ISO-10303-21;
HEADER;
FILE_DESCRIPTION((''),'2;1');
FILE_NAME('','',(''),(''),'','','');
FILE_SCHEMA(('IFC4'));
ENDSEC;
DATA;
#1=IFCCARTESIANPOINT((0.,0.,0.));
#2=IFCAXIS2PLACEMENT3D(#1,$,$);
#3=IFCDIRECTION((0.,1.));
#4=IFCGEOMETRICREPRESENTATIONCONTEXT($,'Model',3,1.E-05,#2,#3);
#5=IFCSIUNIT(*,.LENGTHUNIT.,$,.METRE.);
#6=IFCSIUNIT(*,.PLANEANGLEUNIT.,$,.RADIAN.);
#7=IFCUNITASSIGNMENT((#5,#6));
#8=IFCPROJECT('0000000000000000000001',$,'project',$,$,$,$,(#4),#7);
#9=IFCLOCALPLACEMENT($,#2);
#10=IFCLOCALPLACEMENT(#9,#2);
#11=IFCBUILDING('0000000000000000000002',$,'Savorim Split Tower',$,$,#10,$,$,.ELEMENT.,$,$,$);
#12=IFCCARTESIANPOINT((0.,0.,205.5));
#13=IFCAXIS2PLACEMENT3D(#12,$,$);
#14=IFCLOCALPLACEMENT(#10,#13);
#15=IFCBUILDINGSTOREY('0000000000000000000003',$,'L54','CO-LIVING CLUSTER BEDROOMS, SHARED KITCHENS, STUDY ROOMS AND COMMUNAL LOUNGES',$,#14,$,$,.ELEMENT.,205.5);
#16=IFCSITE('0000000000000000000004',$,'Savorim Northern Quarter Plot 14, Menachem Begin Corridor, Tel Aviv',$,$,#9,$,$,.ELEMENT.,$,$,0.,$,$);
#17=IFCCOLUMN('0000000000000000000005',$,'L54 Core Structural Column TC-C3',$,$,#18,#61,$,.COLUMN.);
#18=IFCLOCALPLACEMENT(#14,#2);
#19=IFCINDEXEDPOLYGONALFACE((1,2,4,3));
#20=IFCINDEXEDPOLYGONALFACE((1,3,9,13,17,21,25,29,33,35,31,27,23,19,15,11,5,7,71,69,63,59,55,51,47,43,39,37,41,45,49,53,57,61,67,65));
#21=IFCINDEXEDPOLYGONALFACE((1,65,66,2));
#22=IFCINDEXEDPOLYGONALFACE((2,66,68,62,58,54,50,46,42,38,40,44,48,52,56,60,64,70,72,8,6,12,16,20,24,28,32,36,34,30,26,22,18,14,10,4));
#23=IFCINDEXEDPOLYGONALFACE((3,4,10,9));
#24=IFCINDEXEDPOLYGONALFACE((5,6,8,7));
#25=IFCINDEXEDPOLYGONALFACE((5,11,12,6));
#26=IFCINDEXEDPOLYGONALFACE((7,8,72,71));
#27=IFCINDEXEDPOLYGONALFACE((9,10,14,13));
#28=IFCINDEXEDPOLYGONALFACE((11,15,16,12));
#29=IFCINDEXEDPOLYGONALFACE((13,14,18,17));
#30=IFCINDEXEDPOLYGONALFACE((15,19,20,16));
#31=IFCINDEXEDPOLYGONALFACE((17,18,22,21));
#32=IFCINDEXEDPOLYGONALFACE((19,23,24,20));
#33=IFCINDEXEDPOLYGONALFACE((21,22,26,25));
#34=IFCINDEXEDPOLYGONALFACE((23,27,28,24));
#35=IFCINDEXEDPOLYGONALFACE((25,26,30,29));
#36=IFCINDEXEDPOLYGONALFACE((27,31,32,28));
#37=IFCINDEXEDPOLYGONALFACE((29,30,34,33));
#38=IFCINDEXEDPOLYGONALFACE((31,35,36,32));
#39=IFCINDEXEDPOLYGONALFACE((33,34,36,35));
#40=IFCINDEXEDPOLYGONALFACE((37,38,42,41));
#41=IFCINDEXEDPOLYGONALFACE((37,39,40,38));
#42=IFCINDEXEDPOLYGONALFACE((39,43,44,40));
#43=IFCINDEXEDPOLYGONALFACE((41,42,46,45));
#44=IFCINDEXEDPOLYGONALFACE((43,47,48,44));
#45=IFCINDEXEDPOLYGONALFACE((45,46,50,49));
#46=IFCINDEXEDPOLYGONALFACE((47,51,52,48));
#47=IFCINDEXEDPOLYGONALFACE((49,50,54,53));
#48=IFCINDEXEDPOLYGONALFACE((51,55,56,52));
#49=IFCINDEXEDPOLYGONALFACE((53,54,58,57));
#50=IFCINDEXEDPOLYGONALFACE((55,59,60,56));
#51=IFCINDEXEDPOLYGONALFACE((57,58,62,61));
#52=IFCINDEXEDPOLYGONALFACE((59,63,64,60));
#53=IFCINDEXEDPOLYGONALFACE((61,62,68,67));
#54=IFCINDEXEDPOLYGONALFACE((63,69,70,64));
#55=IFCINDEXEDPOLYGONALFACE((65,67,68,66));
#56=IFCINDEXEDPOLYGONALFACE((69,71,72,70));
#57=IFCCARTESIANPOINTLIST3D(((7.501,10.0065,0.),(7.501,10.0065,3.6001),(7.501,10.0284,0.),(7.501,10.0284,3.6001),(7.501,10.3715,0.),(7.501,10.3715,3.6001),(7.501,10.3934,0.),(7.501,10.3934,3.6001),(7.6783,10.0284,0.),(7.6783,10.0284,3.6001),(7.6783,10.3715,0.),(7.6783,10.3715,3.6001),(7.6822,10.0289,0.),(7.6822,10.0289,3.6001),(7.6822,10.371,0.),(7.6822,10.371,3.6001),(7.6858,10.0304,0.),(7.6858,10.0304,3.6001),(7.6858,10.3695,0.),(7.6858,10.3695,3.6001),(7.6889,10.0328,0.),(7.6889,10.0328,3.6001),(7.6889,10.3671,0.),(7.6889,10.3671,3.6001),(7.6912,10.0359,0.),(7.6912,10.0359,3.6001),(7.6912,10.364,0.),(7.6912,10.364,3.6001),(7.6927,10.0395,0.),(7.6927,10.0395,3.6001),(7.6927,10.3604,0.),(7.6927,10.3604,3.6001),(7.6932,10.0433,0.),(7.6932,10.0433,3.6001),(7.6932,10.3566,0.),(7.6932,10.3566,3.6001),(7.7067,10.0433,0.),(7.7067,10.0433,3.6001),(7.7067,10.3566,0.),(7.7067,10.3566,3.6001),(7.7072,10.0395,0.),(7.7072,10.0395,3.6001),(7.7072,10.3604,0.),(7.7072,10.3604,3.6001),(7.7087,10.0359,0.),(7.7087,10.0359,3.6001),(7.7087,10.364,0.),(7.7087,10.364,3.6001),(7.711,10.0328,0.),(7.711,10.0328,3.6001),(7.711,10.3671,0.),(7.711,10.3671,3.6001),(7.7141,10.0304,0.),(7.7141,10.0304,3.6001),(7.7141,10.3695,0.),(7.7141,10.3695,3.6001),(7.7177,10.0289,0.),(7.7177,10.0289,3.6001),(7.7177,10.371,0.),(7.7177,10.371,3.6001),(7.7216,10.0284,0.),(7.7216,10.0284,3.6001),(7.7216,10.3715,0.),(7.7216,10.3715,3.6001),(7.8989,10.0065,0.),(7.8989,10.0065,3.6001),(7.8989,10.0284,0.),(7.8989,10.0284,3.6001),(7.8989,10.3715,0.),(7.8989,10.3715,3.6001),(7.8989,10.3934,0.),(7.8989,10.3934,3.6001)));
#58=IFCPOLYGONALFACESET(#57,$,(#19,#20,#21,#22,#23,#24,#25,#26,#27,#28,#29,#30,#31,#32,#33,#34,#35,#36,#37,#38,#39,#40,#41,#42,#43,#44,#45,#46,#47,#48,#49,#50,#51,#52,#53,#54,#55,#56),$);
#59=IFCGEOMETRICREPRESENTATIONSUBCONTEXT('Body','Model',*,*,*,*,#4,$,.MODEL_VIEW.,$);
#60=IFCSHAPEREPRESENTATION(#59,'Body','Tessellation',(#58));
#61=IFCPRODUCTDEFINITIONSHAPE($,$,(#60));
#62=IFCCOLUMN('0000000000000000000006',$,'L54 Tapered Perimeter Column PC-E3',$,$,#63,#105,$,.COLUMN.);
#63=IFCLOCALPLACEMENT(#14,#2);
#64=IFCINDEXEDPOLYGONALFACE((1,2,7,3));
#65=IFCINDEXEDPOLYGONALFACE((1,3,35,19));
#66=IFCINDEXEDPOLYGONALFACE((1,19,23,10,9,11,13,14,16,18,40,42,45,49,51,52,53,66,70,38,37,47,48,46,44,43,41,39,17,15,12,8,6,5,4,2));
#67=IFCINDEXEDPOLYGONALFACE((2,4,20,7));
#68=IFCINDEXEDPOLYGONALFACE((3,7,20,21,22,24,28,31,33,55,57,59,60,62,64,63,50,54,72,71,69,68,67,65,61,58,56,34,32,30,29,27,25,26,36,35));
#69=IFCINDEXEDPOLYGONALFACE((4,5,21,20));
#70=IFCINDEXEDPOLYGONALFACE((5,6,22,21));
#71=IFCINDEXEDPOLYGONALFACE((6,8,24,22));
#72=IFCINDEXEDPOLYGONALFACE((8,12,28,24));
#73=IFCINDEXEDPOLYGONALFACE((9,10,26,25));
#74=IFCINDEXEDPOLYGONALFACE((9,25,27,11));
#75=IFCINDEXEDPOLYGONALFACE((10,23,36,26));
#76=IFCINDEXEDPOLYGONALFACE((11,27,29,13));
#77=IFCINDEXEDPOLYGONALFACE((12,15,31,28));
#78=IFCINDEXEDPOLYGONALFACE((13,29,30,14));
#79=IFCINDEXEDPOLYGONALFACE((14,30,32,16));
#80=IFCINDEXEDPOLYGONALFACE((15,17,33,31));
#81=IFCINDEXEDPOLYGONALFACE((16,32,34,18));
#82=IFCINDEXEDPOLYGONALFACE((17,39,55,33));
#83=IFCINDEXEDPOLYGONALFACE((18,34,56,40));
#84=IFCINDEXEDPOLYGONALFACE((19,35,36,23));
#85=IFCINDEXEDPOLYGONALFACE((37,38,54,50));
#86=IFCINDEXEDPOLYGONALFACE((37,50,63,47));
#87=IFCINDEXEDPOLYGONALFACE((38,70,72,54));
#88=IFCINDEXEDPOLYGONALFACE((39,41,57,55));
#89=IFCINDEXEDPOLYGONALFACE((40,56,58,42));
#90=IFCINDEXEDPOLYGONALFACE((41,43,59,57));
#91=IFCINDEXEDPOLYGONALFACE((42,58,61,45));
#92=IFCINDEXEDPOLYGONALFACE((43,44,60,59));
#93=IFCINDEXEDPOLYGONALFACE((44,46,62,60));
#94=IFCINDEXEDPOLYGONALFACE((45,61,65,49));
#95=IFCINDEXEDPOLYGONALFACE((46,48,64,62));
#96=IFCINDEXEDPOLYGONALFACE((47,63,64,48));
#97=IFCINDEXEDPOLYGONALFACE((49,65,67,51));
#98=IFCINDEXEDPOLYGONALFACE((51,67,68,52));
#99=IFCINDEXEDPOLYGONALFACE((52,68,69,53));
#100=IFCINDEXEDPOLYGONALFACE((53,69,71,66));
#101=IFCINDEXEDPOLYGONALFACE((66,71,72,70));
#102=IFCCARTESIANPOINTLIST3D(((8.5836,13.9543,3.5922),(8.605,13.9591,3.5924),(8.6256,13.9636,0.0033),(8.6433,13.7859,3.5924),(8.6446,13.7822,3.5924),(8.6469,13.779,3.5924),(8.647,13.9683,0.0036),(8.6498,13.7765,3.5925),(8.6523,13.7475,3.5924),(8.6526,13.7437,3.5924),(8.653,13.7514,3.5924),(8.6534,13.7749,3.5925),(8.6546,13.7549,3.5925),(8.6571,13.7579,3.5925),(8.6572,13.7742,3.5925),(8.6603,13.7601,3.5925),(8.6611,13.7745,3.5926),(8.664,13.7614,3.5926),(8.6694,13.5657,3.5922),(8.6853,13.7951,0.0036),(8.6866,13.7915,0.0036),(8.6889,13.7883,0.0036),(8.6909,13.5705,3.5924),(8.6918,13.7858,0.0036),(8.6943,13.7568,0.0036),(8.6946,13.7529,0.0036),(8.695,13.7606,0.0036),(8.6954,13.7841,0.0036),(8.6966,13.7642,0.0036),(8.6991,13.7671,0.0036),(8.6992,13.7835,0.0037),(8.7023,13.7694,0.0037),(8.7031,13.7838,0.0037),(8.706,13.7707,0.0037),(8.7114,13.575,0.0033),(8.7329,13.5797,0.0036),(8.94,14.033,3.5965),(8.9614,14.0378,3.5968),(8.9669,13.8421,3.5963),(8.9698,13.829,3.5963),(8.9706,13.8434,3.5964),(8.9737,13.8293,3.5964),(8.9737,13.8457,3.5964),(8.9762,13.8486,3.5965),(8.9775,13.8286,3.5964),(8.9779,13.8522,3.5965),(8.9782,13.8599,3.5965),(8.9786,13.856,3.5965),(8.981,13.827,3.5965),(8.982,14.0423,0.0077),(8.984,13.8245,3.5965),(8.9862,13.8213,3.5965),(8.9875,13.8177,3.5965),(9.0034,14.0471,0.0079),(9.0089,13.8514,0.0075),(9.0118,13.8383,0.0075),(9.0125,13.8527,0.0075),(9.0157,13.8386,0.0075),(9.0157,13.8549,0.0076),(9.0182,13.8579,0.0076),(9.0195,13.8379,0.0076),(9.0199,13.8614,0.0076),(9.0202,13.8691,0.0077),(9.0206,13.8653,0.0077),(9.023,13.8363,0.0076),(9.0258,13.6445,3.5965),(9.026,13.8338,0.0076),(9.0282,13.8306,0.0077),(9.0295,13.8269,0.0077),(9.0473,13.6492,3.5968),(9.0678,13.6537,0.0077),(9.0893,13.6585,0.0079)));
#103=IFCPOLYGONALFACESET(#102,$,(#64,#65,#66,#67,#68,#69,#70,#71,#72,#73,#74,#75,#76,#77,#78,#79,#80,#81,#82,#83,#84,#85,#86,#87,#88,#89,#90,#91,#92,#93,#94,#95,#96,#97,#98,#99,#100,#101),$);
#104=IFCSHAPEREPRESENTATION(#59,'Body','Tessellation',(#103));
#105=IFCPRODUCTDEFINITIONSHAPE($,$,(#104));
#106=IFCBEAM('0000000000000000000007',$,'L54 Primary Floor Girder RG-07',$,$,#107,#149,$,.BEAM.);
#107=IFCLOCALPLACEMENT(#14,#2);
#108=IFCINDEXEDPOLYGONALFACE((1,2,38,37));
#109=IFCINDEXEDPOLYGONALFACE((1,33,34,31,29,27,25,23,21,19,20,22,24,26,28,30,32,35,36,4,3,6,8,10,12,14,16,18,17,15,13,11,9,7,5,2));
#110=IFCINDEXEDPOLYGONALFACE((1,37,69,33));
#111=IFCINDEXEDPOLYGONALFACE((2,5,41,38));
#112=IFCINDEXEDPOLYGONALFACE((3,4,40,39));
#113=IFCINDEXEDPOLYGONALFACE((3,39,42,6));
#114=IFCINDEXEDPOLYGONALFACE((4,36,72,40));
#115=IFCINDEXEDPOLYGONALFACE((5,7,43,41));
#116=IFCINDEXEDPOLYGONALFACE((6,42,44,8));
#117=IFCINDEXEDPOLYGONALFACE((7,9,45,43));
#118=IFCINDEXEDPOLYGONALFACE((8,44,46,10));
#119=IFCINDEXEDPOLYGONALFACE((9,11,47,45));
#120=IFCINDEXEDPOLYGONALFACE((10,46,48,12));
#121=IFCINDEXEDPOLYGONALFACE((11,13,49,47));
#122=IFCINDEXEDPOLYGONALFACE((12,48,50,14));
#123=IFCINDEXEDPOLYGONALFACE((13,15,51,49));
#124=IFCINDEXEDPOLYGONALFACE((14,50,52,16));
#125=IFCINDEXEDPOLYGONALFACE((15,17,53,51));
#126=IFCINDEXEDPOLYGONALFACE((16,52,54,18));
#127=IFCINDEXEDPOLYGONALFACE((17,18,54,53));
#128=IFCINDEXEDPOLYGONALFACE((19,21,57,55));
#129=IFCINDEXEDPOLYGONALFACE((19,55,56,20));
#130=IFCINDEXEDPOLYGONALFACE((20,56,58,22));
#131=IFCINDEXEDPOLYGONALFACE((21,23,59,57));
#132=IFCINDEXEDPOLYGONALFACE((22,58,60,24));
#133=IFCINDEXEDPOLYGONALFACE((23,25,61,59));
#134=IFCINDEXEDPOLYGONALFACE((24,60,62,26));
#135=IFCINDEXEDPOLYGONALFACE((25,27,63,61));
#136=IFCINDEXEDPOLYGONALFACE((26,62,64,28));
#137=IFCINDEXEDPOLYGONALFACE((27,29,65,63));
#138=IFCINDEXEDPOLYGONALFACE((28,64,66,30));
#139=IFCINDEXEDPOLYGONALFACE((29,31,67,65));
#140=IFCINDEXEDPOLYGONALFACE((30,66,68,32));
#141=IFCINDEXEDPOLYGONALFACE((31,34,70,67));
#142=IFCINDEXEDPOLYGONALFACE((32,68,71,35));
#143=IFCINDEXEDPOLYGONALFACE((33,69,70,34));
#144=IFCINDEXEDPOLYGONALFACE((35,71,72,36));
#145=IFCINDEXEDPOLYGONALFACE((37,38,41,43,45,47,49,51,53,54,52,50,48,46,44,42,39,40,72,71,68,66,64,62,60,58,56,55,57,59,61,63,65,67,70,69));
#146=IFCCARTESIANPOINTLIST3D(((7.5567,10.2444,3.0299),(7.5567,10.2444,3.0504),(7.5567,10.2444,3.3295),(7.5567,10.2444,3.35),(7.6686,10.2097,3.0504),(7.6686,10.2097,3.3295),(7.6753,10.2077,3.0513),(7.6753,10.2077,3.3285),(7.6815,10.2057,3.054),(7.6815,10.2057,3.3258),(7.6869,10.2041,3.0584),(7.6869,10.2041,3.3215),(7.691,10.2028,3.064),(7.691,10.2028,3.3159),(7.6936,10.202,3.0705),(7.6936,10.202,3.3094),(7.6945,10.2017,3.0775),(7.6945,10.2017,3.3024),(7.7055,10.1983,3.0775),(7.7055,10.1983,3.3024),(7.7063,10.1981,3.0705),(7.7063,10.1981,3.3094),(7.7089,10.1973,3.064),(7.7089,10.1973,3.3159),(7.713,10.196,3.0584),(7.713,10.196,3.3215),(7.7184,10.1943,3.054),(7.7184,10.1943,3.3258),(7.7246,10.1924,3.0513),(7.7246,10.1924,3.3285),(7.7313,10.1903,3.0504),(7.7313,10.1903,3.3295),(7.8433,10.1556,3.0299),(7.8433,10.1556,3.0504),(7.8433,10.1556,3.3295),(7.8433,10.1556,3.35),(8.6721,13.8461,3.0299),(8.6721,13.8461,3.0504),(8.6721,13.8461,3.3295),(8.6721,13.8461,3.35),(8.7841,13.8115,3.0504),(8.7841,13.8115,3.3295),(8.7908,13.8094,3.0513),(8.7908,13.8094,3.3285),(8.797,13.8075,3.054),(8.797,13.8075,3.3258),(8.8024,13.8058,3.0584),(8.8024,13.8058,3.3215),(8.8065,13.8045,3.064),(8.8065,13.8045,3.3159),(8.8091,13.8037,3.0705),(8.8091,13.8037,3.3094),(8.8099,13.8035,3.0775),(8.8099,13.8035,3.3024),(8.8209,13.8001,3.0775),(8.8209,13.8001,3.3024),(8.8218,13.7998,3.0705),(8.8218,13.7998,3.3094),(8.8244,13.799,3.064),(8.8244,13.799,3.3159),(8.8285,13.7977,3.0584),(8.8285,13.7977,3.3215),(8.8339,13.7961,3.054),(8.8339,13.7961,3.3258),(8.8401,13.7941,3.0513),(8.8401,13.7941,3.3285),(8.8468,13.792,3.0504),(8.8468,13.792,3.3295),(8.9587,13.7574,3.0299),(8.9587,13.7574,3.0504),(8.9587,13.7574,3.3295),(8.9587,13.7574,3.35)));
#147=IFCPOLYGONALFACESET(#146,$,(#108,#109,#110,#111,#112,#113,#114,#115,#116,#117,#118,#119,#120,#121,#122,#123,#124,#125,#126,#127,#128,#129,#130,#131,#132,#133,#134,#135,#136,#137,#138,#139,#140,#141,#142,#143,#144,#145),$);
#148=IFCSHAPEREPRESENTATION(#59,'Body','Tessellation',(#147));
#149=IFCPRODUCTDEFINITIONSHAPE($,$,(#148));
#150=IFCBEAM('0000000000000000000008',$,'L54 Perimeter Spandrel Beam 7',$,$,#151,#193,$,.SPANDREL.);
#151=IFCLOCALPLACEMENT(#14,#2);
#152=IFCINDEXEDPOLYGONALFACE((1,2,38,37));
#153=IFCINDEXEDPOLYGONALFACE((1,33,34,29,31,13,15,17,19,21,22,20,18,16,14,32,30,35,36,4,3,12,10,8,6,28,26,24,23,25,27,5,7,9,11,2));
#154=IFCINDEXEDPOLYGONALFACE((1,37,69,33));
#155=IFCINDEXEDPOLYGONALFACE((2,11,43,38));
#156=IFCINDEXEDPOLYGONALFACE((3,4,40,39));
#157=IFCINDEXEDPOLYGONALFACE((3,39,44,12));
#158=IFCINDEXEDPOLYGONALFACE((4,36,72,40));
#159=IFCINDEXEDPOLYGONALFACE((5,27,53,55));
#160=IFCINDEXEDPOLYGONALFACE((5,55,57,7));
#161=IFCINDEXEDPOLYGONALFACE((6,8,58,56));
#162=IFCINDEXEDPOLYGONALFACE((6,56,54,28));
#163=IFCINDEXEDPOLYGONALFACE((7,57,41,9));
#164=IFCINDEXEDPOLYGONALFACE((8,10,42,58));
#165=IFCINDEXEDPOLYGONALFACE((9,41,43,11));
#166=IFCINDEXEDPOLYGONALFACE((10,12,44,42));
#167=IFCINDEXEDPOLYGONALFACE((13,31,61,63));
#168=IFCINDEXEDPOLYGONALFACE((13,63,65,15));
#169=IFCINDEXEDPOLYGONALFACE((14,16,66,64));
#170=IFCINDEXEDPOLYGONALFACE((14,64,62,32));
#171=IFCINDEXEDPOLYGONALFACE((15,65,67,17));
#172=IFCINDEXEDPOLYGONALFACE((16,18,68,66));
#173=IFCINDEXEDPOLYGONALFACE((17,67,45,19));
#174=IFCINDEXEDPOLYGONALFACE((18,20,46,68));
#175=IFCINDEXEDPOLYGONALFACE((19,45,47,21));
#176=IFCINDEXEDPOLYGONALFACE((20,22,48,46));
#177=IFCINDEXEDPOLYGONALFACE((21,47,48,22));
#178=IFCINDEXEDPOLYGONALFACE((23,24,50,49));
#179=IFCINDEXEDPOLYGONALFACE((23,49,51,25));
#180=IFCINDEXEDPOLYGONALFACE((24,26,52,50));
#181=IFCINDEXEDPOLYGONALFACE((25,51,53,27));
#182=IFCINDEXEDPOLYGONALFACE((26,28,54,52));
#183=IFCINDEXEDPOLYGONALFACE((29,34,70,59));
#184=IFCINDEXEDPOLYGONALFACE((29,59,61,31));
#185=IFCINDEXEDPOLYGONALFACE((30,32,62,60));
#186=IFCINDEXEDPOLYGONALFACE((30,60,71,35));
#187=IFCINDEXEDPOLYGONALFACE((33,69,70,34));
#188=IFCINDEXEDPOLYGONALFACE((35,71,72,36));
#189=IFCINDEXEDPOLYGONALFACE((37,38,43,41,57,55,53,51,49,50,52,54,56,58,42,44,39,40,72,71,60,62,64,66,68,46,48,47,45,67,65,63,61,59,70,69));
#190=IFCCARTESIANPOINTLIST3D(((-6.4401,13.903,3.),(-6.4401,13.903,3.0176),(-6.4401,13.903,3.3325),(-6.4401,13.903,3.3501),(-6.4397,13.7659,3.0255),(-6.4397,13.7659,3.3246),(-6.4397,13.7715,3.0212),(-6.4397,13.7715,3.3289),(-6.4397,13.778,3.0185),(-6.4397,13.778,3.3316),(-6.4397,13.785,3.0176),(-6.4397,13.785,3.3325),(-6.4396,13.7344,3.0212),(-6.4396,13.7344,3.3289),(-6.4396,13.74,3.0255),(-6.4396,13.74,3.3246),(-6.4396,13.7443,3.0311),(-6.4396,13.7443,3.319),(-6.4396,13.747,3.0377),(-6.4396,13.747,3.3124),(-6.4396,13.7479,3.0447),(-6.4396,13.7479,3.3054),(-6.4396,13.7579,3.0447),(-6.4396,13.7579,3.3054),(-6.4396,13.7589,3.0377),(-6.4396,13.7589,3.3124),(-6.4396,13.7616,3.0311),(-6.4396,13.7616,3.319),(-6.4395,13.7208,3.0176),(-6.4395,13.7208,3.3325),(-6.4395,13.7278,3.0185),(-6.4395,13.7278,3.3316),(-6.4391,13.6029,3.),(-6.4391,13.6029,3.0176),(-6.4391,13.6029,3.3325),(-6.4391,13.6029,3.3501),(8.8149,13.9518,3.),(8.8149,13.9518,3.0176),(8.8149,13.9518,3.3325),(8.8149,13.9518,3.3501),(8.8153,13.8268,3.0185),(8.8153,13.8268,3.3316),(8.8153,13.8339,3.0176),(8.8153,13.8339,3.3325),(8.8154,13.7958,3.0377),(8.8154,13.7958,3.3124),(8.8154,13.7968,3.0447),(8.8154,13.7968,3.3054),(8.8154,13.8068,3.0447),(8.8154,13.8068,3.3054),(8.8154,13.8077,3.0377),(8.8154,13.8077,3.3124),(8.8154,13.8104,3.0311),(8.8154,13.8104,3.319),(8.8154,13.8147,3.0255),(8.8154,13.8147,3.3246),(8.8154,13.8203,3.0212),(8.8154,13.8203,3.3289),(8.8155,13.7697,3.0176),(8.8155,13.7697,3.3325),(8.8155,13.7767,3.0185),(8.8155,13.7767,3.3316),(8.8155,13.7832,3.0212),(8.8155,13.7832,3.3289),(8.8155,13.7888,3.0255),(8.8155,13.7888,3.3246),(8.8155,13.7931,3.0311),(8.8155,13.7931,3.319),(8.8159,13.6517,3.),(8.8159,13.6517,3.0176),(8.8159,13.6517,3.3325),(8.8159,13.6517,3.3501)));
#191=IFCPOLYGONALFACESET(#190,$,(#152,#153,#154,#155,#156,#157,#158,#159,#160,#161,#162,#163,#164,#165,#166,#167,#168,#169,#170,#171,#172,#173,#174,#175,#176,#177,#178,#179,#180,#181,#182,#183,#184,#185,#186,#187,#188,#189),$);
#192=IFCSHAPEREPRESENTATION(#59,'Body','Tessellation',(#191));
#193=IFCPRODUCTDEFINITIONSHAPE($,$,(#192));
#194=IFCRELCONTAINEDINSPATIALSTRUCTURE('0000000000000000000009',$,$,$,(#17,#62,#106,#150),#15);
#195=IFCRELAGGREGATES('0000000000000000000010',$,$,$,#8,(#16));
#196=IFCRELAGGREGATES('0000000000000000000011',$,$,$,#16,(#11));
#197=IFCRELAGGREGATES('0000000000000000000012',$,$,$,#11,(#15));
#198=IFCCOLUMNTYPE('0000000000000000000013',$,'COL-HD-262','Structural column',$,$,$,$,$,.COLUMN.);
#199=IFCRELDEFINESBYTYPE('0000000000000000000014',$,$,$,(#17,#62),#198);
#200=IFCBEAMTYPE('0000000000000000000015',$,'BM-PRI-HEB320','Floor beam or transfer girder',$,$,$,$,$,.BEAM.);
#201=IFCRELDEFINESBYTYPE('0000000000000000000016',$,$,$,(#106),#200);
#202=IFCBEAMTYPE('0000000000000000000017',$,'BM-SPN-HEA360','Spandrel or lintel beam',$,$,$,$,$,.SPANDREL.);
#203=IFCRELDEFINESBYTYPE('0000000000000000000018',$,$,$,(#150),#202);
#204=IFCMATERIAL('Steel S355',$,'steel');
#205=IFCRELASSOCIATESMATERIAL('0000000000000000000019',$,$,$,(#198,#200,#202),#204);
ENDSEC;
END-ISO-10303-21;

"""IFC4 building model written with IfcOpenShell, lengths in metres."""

from ifc_helpers import new_model, si_unit, direction, frame, origin, origin_2d, place, context, subcontext, project, spatial, i_section, extrude, material, material_profile, profile_set, type_object, element, save


model = new_model("IFC4")

# Units and contexts
model_context = context("Model", 3, precision=1e-05, world=origin(), true_north=direction((0.0, 1.0)))
body_context = subcontext(model_context, "Body", "Model", "MODEL_VIEW")
ifc_project = project(units=[si_unit("LENGTHUNIT", "METRE"), si_unit("PLANEANGLEUNIT", "RADIAN")], contexts=[model_context])

# Site, building, storey
site_placement = place(None, origin())
site = spatial("IfcSite", under=ifc_project, at=site_placement, Name="Savorim Northern Quarter Plot 14, Menachem Begin Corridor, Tel Aviv", CompositionType="ELEMENT", RefElevation=0.0)
building_placement = place(site_placement, origin())
building = spatial("IfcBuilding", under=site, at=building_placement, Name="Savorim Split Tower", CompositionType="ELEMENT")
storey_placement = place(building_placement, frame((0.0, 0.0, 205.5)))
storey = spatial("IfcBuildingStorey", under=building, at=storey_placement, Name="L54", Description="CO-LIVING CLUSTER BEDROOMS, SHARED KITCHENS, STUDY ROOMS AND COMMUNAL LOUNGES", CompositionType="ELEMENT", Elevation=205.5)

# Columns
ifc_material_1 = material(Name="Steel S355", Category="steel")
ifc_material_profile_1 = material_profile(ifc_material_1, i_section(OverallWidth=0.3979, OverallDepth=0.387, WebThickness=0.0134, FlangeThickness=0.022, FilletRadius=0.0149, at=origin_2d()), Name="HD 400x262")
ifc_profile_set_1 = profile_set([ifc_material_profile_1], Name="Steel S355")
column_type = type_object("IfcColumnType", Name="COL-HD-262", Description="Structural column", PredefinedType="COLUMN", material=ifc_profile_set_1)
column_1_placement = place(storey_placement, frame((7.7, 10.2, 0.0), z_axis=(0.0, 0.0, 1.0), x_axis=(1.0, 0.0, 0.0)))
element("IfcColumn", 1, at=column_1_placement, inside=storey, type_object=column_type, Name="L54 Core Structural Column TC-C3", PredefinedType="COLUMN", context=body_context, shape_type="SweptSolid", body=[
    extrude(i_section(OverallWidth=0.3979, OverallDepth=0.387, WebThickness=0.0134, FlangeThickness=0.022, FilletRadius=0.0149, at=origin_2d()), origin(), (0.0, 0.0, 1.0), 3.6001),
])
column_2_placement = place(storey_placement, frame((8.8574, 13.811, 0.0056), z_axis=(-0.0117, -0.002585, 0.999928), x_axis=(0.215728, -0.976453, 0.0)))
element("IfcColumn", 2, at=column_2_placement, inside=storey, type_object=column_type, Name="L54 Tapered Perimeter Column PC-E3", PredefinedType="COLUMN", context=body_context, shape_type="SweptSolid", body=[
    extrude(i_section(OverallWidth=0.3979, OverallDepth=0.387, WebThickness=0.0134, FlangeThickness=0.022, FilletRadius=0.0149, at=origin_2d()), origin(), (0.0, 0.0, 1.0), 3.5891),
])

# Beams
ifc_material_profile_2 = material_profile(ifc_material_1, i_section(OverallWidth=0.3, OverallDepth=0.3201, WebThickness=0.0115, FlangeThickness=0.0205, FilletRadius=0.0271, at=origin_2d()), Name="HEB 320")
ifc_profile_set_2 = profile_set([ifc_material_profile_2], Name="Steel S355")
beam_type_1 = type_object("IfcBeamType", Name="BM-PRI-HEB320", Description="Floor beam or transfer girder", PredefinedType="BEAM", material=ifc_profile_set_2)
beam_1_placement = place(storey_placement, frame((8.8154, 13.8018, 3.1899), z_axis=(-0.295837, -0.955238, 0.0), x_axis=(0.955238, -0.295837, 0.0)))
element("IfcBeam", 3, at=beam_1_placement, inside=storey, type_object=beam_type_1, Name="L54 Primary Floor Girder RG-07", PredefinedType="BEAM", context=body_context, shape_type="SweptSolid", body=[
    extrude(i_section(OverallWidth=0.3, OverallDepth=0.3201, WebThickness=0.0115, FlangeThickness=0.0205, FilletRadius=0.0271, at=origin_2d()), origin(), (0.0, 0.0, 1.0), 3.7705),
])
ifc_material_profile_3 = material_profile(ifc_material_1, i_section(OverallWidth=0.3, OverallDepth=0.3501, WebThickness=0.01, FlangeThickness=0.0176, FilletRadius=0.0271, at=origin_2d()), Name="HEA 360")
ifc_profile_set_3 = profile_set([ifc_material_profile_3], Name="Steel S355")
beam_type_2 = type_object("IfcBeamType", Name="BM-SPN-HEA360", Description="Spandrel or lintel beam", PredefinedType="SPANDREL", material=ifc_profile_set_3)
beam_2_placement = place(storey_placement, frame((8.8154, 13.8018, 3.175), z_axis=(-0.999995, -0.003201, 0.0), x_axis=(0.003201, -0.999995, 0.0)))
element("IfcBeam", 4, at=beam_2_placement, inside=storey, type_object=beam_type_2, Name="L54 Perimeter Spandrel Beam 7", PredefinedType="SPANDREL", context=body_context, shape_type="SweptSolid", body=[
    extrude(i_section(OverallWidth=0.3, OverallDepth=0.3501, WebThickness=0.01, FlangeThickness=0.0176, FilletRadius=0.0271, at=origin_2d()), origin(), (0.0, 0.0, 1.0), 15.2551),
])

save(model, "model.ifc")
